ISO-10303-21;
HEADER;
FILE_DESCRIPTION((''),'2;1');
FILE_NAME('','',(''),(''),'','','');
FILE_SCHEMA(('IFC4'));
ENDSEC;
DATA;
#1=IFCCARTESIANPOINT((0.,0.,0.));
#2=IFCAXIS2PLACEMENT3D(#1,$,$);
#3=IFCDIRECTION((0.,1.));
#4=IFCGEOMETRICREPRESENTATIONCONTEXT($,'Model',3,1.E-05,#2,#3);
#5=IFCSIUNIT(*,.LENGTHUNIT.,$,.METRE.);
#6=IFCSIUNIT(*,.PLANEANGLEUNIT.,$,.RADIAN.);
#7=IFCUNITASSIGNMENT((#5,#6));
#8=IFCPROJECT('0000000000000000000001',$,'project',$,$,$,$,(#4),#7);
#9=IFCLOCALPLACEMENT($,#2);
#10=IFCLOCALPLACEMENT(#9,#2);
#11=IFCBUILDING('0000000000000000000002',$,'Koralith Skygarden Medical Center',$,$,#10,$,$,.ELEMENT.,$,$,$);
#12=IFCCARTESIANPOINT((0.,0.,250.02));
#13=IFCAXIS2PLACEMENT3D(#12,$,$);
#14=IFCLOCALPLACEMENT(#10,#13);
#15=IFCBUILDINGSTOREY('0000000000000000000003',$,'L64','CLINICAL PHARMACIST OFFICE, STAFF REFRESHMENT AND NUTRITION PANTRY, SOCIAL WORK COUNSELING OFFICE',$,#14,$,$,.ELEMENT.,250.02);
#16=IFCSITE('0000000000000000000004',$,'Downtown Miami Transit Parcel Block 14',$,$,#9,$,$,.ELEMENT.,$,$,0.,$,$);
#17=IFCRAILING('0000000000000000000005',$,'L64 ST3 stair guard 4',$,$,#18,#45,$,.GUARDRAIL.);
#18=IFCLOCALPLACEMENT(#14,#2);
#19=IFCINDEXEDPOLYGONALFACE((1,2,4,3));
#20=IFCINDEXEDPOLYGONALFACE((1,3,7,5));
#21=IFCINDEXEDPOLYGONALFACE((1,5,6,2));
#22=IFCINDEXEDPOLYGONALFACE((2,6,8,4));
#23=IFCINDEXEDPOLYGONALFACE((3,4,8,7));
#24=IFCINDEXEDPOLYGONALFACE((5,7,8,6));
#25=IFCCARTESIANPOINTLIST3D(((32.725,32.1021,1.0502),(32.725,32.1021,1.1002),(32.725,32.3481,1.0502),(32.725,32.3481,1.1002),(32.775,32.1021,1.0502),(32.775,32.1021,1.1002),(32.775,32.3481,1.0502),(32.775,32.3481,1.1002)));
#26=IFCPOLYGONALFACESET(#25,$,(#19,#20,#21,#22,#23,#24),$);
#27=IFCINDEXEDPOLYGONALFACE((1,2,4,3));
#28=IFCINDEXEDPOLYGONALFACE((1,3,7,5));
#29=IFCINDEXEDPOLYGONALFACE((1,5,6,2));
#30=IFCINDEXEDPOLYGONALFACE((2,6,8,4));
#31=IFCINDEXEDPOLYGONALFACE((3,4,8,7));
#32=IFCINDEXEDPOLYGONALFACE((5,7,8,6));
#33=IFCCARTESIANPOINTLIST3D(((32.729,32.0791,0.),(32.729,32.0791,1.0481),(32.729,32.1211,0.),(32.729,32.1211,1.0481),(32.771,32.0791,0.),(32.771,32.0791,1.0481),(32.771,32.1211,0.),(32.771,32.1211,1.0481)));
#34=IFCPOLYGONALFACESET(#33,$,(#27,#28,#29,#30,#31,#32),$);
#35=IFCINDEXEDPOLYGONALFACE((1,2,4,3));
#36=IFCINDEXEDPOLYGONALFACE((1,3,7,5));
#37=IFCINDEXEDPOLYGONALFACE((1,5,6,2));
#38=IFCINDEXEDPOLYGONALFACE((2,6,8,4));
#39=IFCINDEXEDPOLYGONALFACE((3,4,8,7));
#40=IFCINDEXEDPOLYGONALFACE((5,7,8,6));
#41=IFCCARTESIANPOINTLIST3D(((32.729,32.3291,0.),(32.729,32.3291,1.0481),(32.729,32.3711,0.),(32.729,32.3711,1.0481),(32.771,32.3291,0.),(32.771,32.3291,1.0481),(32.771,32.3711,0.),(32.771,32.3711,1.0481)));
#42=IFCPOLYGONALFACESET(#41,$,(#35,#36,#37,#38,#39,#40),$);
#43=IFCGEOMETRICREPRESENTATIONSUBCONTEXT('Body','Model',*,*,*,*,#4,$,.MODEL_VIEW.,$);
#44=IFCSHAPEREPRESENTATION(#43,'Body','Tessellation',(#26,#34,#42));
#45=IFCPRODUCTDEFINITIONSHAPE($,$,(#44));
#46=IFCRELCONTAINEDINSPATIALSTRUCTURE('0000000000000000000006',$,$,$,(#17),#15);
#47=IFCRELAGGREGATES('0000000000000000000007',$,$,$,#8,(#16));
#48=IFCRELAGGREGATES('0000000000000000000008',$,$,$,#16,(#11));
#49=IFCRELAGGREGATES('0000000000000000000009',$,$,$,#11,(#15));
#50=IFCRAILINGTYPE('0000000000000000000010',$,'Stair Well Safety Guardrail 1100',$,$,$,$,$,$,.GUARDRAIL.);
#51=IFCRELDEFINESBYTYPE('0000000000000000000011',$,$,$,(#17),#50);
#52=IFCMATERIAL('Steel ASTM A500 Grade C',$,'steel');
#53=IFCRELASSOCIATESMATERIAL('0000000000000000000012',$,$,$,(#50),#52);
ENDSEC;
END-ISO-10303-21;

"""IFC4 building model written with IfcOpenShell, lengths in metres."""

from ifc_helpers import new_model, si_unit, direction, frame, origin, origin_2d, place, context, subcontext, project, spatial, rectangle, extrude, material, type_object, element, save


model = new_model("IFC4")

# Units and contexts
model_context = context("Model", 3, precision=1e-05, world=origin(), true_north=direction((0.0, 1.0)))
body_context = subcontext(model_context, "Body", "Model", "MODEL_VIEW")
ifc_project = project(units=[si_unit("LENGTHUNIT", "METRE"), si_unit("PLANEANGLEUNIT", "RADIAN")], contexts=[model_context])

# Site, building, storey
site_placement = place(None, origin())
site = spatial("IfcSite", under=ifc_project, at=site_placement, Name="Downtown Miami Transit Parcel Block 14", CompositionType="ELEMENT", RefElevation=0.0)
building_placement = place(site_placement, origin())
building = spatial("IfcBuilding", under=site, at=building_placement, Name="Koralith Skygarden Medical Center", CompositionType="ELEMENT")
storey_placement = place(building_placement, frame((0.0, 0.0, 250.02)))
storey = spatial("IfcBuildingStorey", under=building, at=storey_placement, Name="L64", Description="CLINICAL PHARMACIST OFFICE, STAFF REFRESHMENT AND NUTRITION PANTRY, SOCIAL WORK COUNSELING OFFICE", CompositionType="ELEMENT", Elevation=250.02)

# Railing
ifc_material_1 = material(Name="Steel ASTM A500 Grade C", Category="steel")
railing_type_1 = type_object("IfcRailingType", Name="Stair Well Safety Guardrail 1100", PredefinedType="GUARDRAIL", material=ifc_material_1)
railing_1_placement = place(storey_placement, frame((32.75, 32.1001, 0.0)))
element("IfcRailing", 1, at=railing_1_placement, inside=storey, type_object=railing_type_1, Name="L64 ST3 stair guard 4", PredefinedType="GUARDRAIL", context=body_context, shape_type="SweptSolid", body=[
    extrude(rectangle(XDim=0.05, YDim=0.05, at=origin_2d()), frame((0.0, 0.002, 1.0752), z_axis=(0.0, 1.0, 0.0), x_axis=(-1.0, 0.0, 0.0)), (0.0, 0.0, 1.0), 0.2461),
    extrude(rectangle(XDim=0.042, YDim=0.042, at=origin_2d()), origin(), (0.0, 0.0, 1.0), 1.0481),
    extrude(rectangle(XDim=0.042, YDim=0.042, at=origin_2d()), frame((0.0, 0.25, 0.0)), (0.0, 0.0, 1.0), 1.0481),
])

save(model, "model.ifc")
